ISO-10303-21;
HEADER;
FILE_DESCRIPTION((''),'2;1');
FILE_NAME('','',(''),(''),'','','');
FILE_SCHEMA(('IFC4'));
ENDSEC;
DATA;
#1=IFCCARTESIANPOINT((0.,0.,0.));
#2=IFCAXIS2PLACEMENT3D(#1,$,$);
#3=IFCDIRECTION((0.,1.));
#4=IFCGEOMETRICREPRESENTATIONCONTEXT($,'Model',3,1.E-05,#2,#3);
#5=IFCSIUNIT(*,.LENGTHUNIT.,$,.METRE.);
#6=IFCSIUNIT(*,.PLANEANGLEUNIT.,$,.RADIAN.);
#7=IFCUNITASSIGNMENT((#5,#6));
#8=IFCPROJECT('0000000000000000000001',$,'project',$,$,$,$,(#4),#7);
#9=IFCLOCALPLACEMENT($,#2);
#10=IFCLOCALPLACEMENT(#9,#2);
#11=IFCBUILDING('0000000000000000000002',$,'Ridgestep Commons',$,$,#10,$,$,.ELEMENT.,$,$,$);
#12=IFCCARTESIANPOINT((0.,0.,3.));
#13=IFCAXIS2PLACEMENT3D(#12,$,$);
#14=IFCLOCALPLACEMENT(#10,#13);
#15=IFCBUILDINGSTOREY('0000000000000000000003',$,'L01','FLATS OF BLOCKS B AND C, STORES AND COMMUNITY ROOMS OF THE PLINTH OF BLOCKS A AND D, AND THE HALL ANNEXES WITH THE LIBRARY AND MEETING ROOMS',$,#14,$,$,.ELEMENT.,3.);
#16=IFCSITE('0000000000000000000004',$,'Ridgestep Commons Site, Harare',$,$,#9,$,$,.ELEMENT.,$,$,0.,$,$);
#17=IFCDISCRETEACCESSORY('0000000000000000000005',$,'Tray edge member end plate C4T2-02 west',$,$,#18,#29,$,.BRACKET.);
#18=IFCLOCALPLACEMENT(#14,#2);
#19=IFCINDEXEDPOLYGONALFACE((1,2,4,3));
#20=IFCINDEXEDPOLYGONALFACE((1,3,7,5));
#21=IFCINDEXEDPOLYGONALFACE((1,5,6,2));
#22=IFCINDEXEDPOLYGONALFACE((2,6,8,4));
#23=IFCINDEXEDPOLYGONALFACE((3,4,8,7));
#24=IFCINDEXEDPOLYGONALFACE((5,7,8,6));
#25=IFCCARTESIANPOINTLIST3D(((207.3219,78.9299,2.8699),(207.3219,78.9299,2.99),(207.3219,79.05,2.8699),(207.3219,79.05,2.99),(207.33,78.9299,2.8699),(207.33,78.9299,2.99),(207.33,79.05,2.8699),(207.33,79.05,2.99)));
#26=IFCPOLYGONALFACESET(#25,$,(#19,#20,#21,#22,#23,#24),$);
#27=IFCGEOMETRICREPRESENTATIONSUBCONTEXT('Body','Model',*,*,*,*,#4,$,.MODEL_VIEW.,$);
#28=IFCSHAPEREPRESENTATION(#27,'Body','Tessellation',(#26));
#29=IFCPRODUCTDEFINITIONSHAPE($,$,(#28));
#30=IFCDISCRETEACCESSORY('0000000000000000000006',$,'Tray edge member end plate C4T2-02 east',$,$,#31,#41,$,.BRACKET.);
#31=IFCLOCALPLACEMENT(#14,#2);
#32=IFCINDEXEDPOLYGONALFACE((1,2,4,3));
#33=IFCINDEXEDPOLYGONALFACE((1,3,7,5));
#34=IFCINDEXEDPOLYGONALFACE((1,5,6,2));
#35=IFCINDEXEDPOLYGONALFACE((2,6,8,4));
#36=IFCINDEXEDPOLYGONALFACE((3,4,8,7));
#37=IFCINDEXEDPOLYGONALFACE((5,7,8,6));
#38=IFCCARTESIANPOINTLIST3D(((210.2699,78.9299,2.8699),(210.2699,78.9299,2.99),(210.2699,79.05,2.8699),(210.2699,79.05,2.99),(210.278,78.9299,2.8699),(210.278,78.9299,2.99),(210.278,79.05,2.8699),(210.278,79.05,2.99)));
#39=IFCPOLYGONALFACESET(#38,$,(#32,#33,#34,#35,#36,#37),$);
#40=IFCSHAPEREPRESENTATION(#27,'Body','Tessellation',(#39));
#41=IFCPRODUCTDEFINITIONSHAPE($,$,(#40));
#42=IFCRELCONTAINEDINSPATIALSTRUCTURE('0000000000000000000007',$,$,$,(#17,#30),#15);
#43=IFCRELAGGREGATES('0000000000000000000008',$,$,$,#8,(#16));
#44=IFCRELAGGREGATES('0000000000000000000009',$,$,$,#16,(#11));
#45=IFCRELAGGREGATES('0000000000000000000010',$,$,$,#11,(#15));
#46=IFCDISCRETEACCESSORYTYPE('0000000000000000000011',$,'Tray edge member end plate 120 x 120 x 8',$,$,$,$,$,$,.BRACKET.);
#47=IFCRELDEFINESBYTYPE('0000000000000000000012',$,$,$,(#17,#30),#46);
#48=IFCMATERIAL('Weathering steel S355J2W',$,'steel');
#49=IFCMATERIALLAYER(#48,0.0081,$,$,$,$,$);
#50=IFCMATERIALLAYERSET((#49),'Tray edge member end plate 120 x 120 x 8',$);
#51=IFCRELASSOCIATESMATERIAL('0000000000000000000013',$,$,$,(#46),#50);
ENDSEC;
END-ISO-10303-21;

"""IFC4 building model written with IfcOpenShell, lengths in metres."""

from ifc_helpers import new_model, si_unit, direction, frame, origin, origin_2d, place, context, subcontext, project, spatial, rectangle, extrude, material, layer, layer_set, type_object, element, save


model = new_model("IFC4")

# Units and contexts
model_context = context("Model", 3, precision=1e-05, world=origin(), true_north=direction((0.0, 1.0)))
body_context = subcontext(model_context, "Body", "Model", "MODEL_VIEW")
ifc_project = project(units=[si_unit("LENGTHUNIT", "METRE"), si_unit("PLANEANGLEUNIT", "RADIAN")], contexts=[model_context])

# Site, building, storey
site_placement = place(None, origin())
site = spatial("IfcSite", under=ifc_project, at=site_placement, Name="Ridgestep Commons Site, Harare", CompositionType="ELEMENT", RefElevation=0.0)
building_placement = place(site_placement, origin())
building = spatial("IfcBuilding", under=site, at=building_placement, Name="Ridgestep Commons", CompositionType="ELEMENT")
storey_placement = place(building_placement, frame((0.0, 0.0, 3.0)))
storey = spatial("IfcBuildingStorey", under=building, at=storey_placement, Name="L01", Description="FLATS OF BLOCKS B AND C, STORES AND COMMUNITY ROOMS OF THE PLINTH OF BLOCKS A AND D, AND THE HALL ANNEXES WITH THE LIBRARY AND MEETING ROOMS", CompositionType="ELEMENT", Elevation=3.0)

# Discrete accessories
ifc_material_1 = material(Name="Weathering steel S355J2W", Category="steel")
ifc_layer_1 = layer(ifc_material_1, 0.0081)
ifc_layer_set_1 = layer_set([ifc_layer_1], Name="Tray edge member end plate 120 x 120 x 8")
discrete_accessory_type_1 = type_object("IfcDiscreteAccessoryType", Name="Tray edge member end plate 120 x 120 x 8", PredefinedType="BRACKET", material=ifc_layer_set_1)
for number, where, z_axis, x_axis, name in (
    (1, (207.3259, 78.99, 2.8699), (0.0, 0.0, 1.0), (1.0, 0.0, 0.0), "Tray edge member end plate C4T2-02 west"),
    (2, (210.2739, 78.99, 2.8699), (0.0, 0.0, 1.0), (1.0, 0.0, 0.0), "Tray edge member end plate C4T2-02 east"),
):
    element("IfcDiscreteAccessory", number, at=place(storey_placement, frame(where, z_axis=z_axis, x_axis=x_axis)), inside=storey, type_object=discrete_accessory_type_1, Name=name, PredefinedType="BRACKET", context=body_context, shape_type="SweptSolid", body=[
        extrude(rectangle(XDim=0.0081, YDim=0.1201, at=origin_2d()), origin(), (0.0, 0.0, 1.0), 0.1201),
    ])

save(model, "model.ifc")
